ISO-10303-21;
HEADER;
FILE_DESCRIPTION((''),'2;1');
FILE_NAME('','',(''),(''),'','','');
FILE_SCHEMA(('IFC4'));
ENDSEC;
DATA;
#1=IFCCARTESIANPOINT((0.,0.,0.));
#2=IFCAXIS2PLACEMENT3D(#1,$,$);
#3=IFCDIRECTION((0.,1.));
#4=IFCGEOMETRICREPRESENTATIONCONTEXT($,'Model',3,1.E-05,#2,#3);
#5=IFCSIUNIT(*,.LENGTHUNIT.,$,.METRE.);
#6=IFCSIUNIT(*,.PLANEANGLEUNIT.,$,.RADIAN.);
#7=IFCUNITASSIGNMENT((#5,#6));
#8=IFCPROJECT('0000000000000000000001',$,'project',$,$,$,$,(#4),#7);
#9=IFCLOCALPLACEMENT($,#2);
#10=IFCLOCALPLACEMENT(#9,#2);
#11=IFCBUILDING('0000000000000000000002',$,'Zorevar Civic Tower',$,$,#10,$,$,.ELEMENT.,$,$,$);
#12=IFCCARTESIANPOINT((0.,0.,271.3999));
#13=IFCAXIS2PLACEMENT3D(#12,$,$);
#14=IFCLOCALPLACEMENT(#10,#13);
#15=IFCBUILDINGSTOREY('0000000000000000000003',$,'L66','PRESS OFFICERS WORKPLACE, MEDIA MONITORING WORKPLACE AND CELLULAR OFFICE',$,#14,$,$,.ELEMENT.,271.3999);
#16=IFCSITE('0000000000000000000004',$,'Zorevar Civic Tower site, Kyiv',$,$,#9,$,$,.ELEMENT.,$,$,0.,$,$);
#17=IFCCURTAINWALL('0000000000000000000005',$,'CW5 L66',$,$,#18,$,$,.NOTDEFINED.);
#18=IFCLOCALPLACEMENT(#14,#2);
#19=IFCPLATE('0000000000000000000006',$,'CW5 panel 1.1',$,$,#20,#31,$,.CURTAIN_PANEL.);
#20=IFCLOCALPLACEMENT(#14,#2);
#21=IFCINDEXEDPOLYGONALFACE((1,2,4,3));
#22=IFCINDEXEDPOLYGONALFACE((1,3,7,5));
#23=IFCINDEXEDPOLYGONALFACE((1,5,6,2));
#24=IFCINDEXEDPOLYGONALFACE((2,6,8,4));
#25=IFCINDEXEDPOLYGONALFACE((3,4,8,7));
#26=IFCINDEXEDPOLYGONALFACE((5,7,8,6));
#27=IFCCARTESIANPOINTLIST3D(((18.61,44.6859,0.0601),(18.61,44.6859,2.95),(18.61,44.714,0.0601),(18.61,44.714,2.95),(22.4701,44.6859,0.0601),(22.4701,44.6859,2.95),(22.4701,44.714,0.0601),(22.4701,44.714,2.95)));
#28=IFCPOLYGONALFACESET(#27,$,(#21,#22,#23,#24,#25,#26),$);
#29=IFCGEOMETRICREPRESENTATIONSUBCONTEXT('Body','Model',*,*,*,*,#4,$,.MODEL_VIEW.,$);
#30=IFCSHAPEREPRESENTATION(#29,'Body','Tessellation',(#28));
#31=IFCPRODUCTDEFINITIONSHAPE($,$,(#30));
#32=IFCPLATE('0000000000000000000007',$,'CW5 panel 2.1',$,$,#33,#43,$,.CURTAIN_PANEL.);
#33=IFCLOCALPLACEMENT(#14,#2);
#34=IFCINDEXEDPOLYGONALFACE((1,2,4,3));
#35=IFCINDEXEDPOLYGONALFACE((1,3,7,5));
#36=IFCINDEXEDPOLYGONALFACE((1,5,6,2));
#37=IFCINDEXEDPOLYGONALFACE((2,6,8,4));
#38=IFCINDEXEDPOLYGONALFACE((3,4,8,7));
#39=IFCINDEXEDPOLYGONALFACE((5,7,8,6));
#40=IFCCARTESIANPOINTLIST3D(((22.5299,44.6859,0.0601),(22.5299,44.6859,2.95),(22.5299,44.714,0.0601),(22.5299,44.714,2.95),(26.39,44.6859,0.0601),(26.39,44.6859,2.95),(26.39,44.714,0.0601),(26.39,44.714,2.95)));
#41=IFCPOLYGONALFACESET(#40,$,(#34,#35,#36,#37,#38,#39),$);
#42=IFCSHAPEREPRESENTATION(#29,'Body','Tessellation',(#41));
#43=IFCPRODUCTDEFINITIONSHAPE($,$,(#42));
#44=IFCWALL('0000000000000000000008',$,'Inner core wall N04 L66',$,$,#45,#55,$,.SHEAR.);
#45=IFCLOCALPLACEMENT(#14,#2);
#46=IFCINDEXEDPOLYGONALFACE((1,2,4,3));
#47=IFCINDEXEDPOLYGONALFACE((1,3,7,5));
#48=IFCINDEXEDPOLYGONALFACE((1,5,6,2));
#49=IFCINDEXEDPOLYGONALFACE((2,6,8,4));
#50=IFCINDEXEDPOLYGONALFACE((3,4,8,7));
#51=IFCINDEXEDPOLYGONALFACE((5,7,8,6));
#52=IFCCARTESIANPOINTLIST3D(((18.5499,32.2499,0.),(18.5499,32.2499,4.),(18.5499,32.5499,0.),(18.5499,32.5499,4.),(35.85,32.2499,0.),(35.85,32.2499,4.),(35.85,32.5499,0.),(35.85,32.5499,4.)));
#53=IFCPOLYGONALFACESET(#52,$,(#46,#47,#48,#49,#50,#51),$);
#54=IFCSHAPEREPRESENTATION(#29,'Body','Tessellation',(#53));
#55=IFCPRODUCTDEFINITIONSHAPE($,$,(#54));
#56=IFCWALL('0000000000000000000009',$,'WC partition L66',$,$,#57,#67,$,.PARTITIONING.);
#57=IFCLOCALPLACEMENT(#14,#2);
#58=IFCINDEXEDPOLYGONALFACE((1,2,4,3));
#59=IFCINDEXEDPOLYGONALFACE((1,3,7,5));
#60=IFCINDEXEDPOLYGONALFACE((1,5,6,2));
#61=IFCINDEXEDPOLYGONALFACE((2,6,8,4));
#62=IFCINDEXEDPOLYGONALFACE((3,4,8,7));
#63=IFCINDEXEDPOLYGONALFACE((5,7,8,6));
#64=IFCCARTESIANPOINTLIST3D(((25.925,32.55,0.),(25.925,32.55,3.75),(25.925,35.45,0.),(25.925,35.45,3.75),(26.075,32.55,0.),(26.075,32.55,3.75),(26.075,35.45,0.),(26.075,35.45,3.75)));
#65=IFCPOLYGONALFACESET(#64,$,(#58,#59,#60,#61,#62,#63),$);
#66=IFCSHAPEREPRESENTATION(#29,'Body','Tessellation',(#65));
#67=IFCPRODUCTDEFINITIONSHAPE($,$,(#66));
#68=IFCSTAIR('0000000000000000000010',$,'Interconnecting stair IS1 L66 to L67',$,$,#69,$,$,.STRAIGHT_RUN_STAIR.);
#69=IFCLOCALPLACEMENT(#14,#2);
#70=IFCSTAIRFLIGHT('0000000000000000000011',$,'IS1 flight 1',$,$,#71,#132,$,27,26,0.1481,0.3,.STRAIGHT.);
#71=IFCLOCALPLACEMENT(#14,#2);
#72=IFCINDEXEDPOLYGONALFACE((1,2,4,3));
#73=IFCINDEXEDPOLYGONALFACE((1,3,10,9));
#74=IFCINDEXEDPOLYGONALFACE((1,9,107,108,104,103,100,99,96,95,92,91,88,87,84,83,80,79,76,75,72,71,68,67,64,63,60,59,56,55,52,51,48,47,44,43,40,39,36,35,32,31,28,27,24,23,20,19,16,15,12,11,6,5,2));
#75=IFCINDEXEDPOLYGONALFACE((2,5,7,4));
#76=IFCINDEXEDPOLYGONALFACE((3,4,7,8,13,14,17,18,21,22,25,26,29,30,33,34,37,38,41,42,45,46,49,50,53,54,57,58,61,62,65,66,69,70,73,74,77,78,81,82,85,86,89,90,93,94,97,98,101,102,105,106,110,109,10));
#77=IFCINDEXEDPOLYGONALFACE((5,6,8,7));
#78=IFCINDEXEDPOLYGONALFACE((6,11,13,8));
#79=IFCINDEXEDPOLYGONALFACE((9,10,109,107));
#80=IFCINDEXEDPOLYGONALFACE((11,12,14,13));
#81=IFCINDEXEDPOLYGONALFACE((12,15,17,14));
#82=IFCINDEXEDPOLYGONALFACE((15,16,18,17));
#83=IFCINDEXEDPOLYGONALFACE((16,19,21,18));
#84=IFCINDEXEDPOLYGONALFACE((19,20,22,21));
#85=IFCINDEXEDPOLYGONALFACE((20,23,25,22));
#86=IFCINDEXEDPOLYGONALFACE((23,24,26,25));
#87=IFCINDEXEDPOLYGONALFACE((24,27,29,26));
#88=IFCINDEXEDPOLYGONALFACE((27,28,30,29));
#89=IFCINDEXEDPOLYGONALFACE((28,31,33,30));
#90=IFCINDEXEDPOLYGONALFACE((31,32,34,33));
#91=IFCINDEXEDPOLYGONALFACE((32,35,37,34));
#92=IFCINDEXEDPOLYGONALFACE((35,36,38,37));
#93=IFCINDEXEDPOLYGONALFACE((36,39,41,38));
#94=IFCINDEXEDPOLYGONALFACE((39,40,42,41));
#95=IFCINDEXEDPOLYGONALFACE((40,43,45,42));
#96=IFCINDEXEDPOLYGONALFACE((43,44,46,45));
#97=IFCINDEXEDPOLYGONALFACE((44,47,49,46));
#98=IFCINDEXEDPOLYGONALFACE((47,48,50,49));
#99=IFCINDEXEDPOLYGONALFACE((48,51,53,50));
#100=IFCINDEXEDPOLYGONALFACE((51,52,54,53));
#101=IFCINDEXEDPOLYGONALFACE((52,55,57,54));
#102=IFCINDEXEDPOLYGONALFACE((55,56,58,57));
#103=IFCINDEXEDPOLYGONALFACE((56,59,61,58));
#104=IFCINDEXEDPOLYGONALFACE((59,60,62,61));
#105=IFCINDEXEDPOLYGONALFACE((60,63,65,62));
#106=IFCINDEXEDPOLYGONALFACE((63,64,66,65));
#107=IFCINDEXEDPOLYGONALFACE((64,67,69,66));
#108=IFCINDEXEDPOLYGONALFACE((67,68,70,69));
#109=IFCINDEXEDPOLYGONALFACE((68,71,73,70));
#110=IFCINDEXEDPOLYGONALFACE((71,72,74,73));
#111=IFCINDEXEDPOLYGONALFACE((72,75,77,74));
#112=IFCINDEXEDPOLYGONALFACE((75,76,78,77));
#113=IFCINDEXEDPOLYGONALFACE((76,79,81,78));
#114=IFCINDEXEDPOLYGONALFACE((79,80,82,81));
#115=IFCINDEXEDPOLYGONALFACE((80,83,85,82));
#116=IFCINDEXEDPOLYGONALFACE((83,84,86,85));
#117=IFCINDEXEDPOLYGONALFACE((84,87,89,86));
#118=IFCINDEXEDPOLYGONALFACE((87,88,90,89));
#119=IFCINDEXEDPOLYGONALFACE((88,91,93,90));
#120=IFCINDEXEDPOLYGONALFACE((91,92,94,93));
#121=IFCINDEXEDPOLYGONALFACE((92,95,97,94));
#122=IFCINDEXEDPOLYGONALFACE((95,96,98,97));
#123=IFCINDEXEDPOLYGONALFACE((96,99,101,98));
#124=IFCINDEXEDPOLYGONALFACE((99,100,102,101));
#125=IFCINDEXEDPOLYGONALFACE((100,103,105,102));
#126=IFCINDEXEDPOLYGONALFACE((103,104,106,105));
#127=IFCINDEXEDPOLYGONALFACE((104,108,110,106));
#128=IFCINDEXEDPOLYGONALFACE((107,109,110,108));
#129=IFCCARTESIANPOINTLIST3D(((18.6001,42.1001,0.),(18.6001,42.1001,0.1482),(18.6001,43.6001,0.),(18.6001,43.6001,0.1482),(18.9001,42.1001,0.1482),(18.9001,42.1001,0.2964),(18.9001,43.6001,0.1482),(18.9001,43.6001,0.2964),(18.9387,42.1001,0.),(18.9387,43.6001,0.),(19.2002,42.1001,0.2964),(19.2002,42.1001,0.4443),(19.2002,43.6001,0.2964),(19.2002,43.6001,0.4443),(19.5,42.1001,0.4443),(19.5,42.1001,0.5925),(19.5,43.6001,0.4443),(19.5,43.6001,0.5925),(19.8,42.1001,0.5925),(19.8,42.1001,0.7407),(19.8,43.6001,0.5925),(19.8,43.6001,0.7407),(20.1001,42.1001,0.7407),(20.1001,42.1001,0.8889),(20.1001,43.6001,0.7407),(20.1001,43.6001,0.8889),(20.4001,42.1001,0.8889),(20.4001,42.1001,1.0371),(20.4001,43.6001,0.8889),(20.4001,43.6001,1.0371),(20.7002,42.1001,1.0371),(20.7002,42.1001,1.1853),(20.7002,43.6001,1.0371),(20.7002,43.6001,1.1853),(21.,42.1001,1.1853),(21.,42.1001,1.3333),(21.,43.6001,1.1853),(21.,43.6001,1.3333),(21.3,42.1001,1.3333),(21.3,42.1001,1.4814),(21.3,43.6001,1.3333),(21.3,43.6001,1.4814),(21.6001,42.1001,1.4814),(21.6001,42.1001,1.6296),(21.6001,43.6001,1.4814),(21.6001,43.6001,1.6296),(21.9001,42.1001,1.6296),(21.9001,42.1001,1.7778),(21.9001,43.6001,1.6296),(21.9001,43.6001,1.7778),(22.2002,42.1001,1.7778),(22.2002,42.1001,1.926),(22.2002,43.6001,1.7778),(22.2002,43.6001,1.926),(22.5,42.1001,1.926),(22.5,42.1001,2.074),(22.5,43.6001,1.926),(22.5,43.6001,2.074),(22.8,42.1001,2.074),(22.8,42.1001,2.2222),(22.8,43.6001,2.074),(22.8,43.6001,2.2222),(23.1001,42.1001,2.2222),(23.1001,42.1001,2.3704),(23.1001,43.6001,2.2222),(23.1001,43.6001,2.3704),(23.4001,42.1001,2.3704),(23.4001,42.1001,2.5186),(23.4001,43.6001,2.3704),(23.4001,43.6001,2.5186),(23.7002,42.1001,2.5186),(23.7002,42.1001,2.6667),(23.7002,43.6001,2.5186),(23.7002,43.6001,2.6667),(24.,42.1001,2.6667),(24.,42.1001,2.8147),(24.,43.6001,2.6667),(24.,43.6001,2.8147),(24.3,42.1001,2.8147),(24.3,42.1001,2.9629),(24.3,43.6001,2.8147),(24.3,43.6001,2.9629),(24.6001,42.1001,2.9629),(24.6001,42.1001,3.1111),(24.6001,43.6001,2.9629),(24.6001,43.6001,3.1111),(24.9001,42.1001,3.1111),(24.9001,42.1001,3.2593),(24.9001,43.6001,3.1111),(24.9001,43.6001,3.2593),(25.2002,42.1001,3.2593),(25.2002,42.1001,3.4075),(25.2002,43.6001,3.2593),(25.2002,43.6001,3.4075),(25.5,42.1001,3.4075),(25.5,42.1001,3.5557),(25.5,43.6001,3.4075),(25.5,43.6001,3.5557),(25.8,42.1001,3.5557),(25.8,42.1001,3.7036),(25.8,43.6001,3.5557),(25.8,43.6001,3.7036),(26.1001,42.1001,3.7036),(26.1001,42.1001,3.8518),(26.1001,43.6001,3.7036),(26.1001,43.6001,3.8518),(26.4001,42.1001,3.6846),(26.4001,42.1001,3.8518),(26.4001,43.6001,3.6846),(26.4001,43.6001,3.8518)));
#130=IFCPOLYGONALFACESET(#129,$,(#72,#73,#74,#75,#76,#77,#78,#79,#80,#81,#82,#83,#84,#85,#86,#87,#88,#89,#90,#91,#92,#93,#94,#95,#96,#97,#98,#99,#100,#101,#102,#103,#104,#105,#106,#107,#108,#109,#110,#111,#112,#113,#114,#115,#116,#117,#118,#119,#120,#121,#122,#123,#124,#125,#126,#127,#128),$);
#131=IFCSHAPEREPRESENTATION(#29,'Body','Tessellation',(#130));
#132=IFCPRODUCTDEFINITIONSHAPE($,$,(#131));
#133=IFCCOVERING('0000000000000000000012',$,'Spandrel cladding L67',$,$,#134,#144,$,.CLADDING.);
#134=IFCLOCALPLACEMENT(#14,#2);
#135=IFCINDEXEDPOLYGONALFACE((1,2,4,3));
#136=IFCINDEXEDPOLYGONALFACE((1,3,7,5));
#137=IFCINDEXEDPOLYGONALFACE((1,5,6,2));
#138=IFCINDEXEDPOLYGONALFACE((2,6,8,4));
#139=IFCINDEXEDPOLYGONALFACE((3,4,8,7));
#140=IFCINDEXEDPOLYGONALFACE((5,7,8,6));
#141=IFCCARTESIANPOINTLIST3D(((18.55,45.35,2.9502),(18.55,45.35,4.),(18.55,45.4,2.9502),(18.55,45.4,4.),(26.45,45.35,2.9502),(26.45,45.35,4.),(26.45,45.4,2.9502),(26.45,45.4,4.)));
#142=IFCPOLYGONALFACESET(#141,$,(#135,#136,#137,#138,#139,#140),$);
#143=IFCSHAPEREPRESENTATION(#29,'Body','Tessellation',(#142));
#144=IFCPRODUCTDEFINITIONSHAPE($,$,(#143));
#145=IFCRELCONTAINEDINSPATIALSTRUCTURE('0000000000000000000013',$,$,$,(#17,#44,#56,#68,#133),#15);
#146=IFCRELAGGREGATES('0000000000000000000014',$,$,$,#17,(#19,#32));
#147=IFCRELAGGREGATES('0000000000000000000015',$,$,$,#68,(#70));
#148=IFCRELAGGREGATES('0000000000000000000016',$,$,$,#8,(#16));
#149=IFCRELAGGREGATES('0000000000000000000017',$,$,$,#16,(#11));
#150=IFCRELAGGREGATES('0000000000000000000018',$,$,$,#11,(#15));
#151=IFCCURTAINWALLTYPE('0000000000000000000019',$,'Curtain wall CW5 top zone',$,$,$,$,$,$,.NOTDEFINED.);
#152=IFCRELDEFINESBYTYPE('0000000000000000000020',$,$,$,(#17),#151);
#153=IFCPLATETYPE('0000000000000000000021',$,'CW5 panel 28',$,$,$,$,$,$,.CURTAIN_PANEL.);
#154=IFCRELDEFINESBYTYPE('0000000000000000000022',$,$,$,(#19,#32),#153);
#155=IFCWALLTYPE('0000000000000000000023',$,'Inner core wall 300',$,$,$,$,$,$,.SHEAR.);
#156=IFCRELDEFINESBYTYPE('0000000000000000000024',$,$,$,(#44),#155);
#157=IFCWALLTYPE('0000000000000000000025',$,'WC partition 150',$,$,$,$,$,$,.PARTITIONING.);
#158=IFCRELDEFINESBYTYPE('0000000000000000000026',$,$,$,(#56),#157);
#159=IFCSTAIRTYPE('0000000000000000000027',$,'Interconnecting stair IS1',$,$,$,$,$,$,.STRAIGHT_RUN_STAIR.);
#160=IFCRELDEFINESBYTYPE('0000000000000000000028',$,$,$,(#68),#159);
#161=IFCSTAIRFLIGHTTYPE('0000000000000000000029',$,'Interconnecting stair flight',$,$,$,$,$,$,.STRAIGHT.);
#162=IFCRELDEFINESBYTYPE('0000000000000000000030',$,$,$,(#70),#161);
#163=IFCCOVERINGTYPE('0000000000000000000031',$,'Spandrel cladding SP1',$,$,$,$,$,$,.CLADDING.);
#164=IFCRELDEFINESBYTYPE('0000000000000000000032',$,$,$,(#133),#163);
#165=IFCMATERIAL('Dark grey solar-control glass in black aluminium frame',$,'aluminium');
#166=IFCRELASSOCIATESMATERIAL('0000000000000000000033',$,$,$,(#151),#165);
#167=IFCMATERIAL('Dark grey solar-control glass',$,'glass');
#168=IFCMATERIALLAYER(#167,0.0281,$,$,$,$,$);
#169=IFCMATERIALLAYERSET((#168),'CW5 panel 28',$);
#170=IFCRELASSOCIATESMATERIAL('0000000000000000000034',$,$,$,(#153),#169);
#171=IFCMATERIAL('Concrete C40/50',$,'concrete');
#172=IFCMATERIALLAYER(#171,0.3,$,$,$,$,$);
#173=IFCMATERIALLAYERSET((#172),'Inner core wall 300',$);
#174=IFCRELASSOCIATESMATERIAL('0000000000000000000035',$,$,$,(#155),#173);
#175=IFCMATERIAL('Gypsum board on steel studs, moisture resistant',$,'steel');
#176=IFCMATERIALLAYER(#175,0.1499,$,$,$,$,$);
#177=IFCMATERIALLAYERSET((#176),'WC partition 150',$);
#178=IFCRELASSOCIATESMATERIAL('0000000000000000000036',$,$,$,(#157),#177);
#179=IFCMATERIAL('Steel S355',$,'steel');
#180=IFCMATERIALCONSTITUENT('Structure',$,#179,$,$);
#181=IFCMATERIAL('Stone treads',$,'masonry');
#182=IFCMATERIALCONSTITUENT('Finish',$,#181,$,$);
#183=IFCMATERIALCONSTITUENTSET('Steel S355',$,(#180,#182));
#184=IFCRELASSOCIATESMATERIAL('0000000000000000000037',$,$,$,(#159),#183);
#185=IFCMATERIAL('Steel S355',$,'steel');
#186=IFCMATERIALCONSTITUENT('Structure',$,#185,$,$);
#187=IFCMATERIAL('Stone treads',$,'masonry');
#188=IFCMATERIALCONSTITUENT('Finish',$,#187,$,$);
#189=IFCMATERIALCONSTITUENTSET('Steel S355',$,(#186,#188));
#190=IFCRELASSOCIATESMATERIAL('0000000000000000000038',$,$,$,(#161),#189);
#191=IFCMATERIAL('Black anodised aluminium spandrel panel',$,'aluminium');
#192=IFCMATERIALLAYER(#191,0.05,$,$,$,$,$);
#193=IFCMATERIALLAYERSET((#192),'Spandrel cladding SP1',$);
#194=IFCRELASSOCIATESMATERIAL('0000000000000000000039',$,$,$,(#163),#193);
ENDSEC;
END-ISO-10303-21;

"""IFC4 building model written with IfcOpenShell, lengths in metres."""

from ifc_helpers import new_model, si_unit, direction, frame, frame_2d, origin, origin_2d, place, context, subcontext, project, spatial, polyline, rectangle, outline, extrude, material, layer, layer_set, constituent, constituent_set, type_object, element, aggregate, save


model = new_model("IFC4")

# Units and contexts
model_context = context("Model", 3, precision=1e-05, world=origin(), true_north=direction((0.0, 1.0)))
body_context = subcontext(model_context, "Body", "Model", "MODEL_VIEW")
ifc_project = project(units=[si_unit("LENGTHUNIT", "METRE"), si_unit("PLANEANGLEUNIT", "RADIAN")], contexts=[model_context])

# Site, building, storey
site_placement = place(None, origin())
site = spatial("IfcSite", under=ifc_project, at=site_placement, Name="Zorevar Civic Tower site, Kyiv", CompositionType="ELEMENT", RefElevation=0.0)
building_placement = place(site_placement, origin())
building = spatial("IfcBuilding", under=site, at=building_placement, Name="Zorevar Civic Tower", CompositionType="ELEMENT")
storey_placement = place(building_placement, frame((0.0, 0.0, 271.3999)))
storey = spatial("IfcBuildingStorey", under=building, at=storey_placement, Name="L66", Description="PRESS OFFICERS WORKPLACE, MEDIA MONITORING WORKPLACE AND CELLULAR OFFICE", CompositionType="ELEMENT", Elevation=271.3999)

# Curtain wall
ifc_material_1 = material(Name="Dark grey solar-control glass in black aluminium frame", Category="aluminium")
curtain_wall_type = type_object("IfcCurtainWallType", Name="Curtain wall CW5 top zone", PredefinedType="NOTDEFINED", material=ifc_material_1)
curtain_wall_placement = place(storey_placement, origin())
curtain_wall = element("IfcCurtainWall", 1, at=curtain_wall_placement, inside=storey, type_object=curtain_wall_type, Name="CW5 L66", PredefinedType="NOTDEFINED")

# Plates
ifc_material_2 = material(Name="Dark grey solar-control glass", Category="glass")
ifc_layer_1 = layer(ifc_material_2, 0.0281)
ifc_layer_set_1 = layer_set([ifc_layer_1], Name="CW5 panel 28")
plate_type = type_object("IfcPlateType", Name="CW5 panel 28", PredefinedType="CURTAIN_PANEL", material=ifc_layer_set_1)
plate_1_placement = place(storey_placement, frame((20.54, 44.7, 0.0601), z_axis=(0.0, 0.0, 1.0), x_axis=(1.0, 0.0, 0.0)))
plate_1 = element("IfcPlate", 2, at=plate_1_placement, type_object=plate_type, Name="CW5 panel 1.1", PredefinedType="CURTAIN_PANEL", context=body_context, shape_type="SweptSolid", body=[
    extrude(rectangle(XDim=3.8601, YDim=0.0281, at=origin_2d()), origin(), (0.0, 0.0, 1.0), 2.8899),
])
plate_2_placement = place(storey_placement, frame((24.46, 44.7, 0.0601), z_axis=(0.0, 0.0, 1.0), x_axis=(1.0, 0.0, 0.0)))
plate_2 = element("IfcPlate", 3, at=plate_2_placement, type_object=plate_type, Name="CW5 panel 2.1", PredefinedType="CURTAIN_PANEL", context=body_context, shape_type="SweptSolid", body=[
    extrude(rectangle(XDim=3.8601, YDim=0.0281, at=origin_2d()), origin(), (0.0, 0.0, 1.0), 2.8899),
])
aggregate(curtain_wall, [plate_1, plate_2])

# Walls
ifc_material_3 = material(Name="Concrete C40/50", Category="concrete")
ifc_layer_2 = layer(ifc_material_3, 0.3)
ifc_layer_set_2 = layer_set([ifc_layer_2], Name="Inner core wall 300")
wall_type_1 = type_object("IfcWallType", Name="Inner core wall 300", PredefinedType="SHEAR", material=ifc_layer_set_2)
wall_1_placement = place(storey_placement, frame((18.55, 32.3999, 0.0), z_axis=(0.0, 0.0, 1.0), x_axis=(1.0, 0.0, 0.0)))
element("IfcWall", 4, at=wall_1_placement, inside=storey, type_object=wall_type_1, Name="Inner core wall N04 L66", PredefinedType="SHEAR", context=body_context, shape_type="SweptSolid", body=[
    extrude(rectangle(XDim=17.3, YDim=0.3, at=frame_2d((8.6499, 0.0))), origin(), (0.0, 0.0, 1.0), 4.0),
])
ifc_material_4 = material(Name="Gypsum board on steel studs, moisture resistant", Category="steel")
ifc_layer_3 = layer(ifc_material_4, 0.1499)
ifc_layer_set_3 = layer_set([ifc_layer_3], Name="WC partition 150")
wall_type_2 = type_object("IfcWallType", Name="WC partition 150", PredefinedType="PARTITIONING", material=ifc_layer_set_3)
wall_2_placement = place(storey_placement, frame((26.0, 32.55, 0.0), z_axis=(0.0, 0.0, 1.0), x_axis=(0.0, 1.0, 0.0)))
element("IfcWall", 5, at=wall_2_placement, inside=storey, type_object=wall_type_2, Name="WC partition L66", PredefinedType="PARTITIONING", context=body_context, shape_type="SweptSolid", body=[
    extrude(rectangle(XDim=2.8999, YDim=0.1499, at=frame_2d((1.45, 0.0))), origin(), (0.0, 0.0, 1.0), 3.75),
])

# Stair, stair flight
ifc_material_5 = material(Name="Steel S355", Category="steel")
ifc_constituent_1 = constituent(ifc_material_5, Name="Structure")
ifc_material_6 = material(Name="Stone treads", Category="masonry")
ifc_constituent_2 = constituent(ifc_material_6, Name="Finish")
ifc_constituent_set_1 = constituent_set(constituents=[ifc_constituent_1, ifc_constituent_2], Name="Steel S355")
stair_type = type_object("IfcStairType", Name="Interconnecting stair IS1", PredefinedType="STRAIGHT_RUN_STAIR", material=ifc_constituent_set_1)
stair_placement = place(storey_placement, origin())
stair = element("IfcStair", 6, at=stair_placement, inside=storey, type_object=stair_type, Name="Interconnecting stair IS1 L66 to L67", PredefinedType="STRAIGHT_RUN_STAIR")
ifc_material_7 = material(Name="Steel S355", Category="steel")
ifc_constituent_3 = constituent(ifc_material_7, Name="Structure")
ifc_material_8 = material(Name="Stone treads", Category="masonry")
ifc_constituent_4 = constituent(ifc_material_8, Name="Finish")
ifc_constituent_set_2 = constituent_set(constituents=[ifc_constituent_3, ifc_constituent_4], Name="Steel S355")
stair_flight_type = type_object("IfcStairFlightType", Name="Interconnecting stair flight", PredefinedType="STRAIGHT", material=ifc_constituent_set_2)
stair_flight_placement = place(storey_placement, frame((18.6001, 42.8501, 0.0), z_axis=(0.0, 0.0, 1.0), x_axis=(1.0, 0.0, 0.0)))
stair_flight = element("IfcStairFlight", 7, at=stair_flight_placement, type_object=stair_flight_type, Name="IS1 flight 1", NumberOfRisers=27, NumberOfTreads=26, PredefinedType="STRAIGHT", RiserHeight=0.1481, TreadLength=0.3, context=body_context, shape_type="SweptSolid", body=[
    extrude(outline(polyline([(0.0, 0.0), (0.0, 0.1482), (0.3, 0.1482), (0.3, 0.2964), (0.6001, 0.2964), (0.6001, 0.4443), (0.8999, 0.4443), (0.8999, 0.5925), (1.2, 0.5925), (1.2, 0.7407), (1.5, 0.7407), (1.5, 0.8889), (1.8, 0.8889), (1.8, 1.0371), (2.1001, 1.0371), (2.1001, 1.1853), (2.3999, 1.1853), (2.3999, 1.3333), (2.7, 1.3333), (2.7, 1.4814), (3.0, 1.4814), (3.0, 1.6296), (3.3, 1.6296), (3.3, 1.7778), (3.6001, 1.7778), (3.6001, 1.926), (3.8999, 1.926), (3.8999, 2.074), (4.2, 2.074), (4.2, 2.2222), (4.5, 2.2222), (4.5, 2.3704), (4.8, 2.3704), (4.8, 2.5186), (5.1001, 2.5186), (5.1001, 2.6667), (5.3999, 2.6667), (5.3999, 2.8147), (5.7, 2.8147), (5.7, 2.9629), (6.0, 2.9629), (6.0, 3.1111), (6.3, 3.1111), (6.3, 3.2593), (6.6001, 3.2593), (6.6001, 3.4075), (6.8999, 3.4075), (6.8999, 3.5557), (7.2, 3.5557), (7.2, 3.7036), (7.5, 3.7036), (7.5, 3.8518), (7.8, 3.8518), (7.8, 4.0), (7.8, 3.6846), (0.3386, 0.0), (0.0, 0.0)])), frame((0.0, 0.75, 0.0), z_axis=(0.0, -1.0, 0.0), x_axis=(1.0, 0.0, 0.0)), (0.0, 0.0, 1.0), 1.5),
])
aggregate(stair, [stair_flight])

# Covering
ifc_material_9 = material(Name="Black anodised aluminium spandrel panel", Category="aluminium")
ifc_layer_4 = layer(ifc_material_9, 0.05)
ifc_layer_set_4 = layer_set([ifc_layer_4], Name="Spandrel cladding SP1")
covering_type = type_object("IfcCoveringType", Name="Spandrel cladding SP1", PredefinedType="CLADDING", material=ifc_layer_set_4)
covering_placement = place(storey_placement, frame((18.55, 45.375, 2.9502), z_axis=(0.0, 0.0, 1.0), x_axis=(1.0, 0.0, 0.0)))
element("IfcCovering", 8, at=covering_placement, inside=storey, type_object=covering_type, Name="Spandrel cladding L67", PredefinedType="CLADDING", context=body_context, shape_type="SweptSolid", body=[
    extrude(rectangle(XDim=7.8999, YDim=0.05, at=frame_2d((3.95, 0.0))), origin(), (0.0, 0.0, 1.0), 1.0498),
])

save(model, "model.ifc")
